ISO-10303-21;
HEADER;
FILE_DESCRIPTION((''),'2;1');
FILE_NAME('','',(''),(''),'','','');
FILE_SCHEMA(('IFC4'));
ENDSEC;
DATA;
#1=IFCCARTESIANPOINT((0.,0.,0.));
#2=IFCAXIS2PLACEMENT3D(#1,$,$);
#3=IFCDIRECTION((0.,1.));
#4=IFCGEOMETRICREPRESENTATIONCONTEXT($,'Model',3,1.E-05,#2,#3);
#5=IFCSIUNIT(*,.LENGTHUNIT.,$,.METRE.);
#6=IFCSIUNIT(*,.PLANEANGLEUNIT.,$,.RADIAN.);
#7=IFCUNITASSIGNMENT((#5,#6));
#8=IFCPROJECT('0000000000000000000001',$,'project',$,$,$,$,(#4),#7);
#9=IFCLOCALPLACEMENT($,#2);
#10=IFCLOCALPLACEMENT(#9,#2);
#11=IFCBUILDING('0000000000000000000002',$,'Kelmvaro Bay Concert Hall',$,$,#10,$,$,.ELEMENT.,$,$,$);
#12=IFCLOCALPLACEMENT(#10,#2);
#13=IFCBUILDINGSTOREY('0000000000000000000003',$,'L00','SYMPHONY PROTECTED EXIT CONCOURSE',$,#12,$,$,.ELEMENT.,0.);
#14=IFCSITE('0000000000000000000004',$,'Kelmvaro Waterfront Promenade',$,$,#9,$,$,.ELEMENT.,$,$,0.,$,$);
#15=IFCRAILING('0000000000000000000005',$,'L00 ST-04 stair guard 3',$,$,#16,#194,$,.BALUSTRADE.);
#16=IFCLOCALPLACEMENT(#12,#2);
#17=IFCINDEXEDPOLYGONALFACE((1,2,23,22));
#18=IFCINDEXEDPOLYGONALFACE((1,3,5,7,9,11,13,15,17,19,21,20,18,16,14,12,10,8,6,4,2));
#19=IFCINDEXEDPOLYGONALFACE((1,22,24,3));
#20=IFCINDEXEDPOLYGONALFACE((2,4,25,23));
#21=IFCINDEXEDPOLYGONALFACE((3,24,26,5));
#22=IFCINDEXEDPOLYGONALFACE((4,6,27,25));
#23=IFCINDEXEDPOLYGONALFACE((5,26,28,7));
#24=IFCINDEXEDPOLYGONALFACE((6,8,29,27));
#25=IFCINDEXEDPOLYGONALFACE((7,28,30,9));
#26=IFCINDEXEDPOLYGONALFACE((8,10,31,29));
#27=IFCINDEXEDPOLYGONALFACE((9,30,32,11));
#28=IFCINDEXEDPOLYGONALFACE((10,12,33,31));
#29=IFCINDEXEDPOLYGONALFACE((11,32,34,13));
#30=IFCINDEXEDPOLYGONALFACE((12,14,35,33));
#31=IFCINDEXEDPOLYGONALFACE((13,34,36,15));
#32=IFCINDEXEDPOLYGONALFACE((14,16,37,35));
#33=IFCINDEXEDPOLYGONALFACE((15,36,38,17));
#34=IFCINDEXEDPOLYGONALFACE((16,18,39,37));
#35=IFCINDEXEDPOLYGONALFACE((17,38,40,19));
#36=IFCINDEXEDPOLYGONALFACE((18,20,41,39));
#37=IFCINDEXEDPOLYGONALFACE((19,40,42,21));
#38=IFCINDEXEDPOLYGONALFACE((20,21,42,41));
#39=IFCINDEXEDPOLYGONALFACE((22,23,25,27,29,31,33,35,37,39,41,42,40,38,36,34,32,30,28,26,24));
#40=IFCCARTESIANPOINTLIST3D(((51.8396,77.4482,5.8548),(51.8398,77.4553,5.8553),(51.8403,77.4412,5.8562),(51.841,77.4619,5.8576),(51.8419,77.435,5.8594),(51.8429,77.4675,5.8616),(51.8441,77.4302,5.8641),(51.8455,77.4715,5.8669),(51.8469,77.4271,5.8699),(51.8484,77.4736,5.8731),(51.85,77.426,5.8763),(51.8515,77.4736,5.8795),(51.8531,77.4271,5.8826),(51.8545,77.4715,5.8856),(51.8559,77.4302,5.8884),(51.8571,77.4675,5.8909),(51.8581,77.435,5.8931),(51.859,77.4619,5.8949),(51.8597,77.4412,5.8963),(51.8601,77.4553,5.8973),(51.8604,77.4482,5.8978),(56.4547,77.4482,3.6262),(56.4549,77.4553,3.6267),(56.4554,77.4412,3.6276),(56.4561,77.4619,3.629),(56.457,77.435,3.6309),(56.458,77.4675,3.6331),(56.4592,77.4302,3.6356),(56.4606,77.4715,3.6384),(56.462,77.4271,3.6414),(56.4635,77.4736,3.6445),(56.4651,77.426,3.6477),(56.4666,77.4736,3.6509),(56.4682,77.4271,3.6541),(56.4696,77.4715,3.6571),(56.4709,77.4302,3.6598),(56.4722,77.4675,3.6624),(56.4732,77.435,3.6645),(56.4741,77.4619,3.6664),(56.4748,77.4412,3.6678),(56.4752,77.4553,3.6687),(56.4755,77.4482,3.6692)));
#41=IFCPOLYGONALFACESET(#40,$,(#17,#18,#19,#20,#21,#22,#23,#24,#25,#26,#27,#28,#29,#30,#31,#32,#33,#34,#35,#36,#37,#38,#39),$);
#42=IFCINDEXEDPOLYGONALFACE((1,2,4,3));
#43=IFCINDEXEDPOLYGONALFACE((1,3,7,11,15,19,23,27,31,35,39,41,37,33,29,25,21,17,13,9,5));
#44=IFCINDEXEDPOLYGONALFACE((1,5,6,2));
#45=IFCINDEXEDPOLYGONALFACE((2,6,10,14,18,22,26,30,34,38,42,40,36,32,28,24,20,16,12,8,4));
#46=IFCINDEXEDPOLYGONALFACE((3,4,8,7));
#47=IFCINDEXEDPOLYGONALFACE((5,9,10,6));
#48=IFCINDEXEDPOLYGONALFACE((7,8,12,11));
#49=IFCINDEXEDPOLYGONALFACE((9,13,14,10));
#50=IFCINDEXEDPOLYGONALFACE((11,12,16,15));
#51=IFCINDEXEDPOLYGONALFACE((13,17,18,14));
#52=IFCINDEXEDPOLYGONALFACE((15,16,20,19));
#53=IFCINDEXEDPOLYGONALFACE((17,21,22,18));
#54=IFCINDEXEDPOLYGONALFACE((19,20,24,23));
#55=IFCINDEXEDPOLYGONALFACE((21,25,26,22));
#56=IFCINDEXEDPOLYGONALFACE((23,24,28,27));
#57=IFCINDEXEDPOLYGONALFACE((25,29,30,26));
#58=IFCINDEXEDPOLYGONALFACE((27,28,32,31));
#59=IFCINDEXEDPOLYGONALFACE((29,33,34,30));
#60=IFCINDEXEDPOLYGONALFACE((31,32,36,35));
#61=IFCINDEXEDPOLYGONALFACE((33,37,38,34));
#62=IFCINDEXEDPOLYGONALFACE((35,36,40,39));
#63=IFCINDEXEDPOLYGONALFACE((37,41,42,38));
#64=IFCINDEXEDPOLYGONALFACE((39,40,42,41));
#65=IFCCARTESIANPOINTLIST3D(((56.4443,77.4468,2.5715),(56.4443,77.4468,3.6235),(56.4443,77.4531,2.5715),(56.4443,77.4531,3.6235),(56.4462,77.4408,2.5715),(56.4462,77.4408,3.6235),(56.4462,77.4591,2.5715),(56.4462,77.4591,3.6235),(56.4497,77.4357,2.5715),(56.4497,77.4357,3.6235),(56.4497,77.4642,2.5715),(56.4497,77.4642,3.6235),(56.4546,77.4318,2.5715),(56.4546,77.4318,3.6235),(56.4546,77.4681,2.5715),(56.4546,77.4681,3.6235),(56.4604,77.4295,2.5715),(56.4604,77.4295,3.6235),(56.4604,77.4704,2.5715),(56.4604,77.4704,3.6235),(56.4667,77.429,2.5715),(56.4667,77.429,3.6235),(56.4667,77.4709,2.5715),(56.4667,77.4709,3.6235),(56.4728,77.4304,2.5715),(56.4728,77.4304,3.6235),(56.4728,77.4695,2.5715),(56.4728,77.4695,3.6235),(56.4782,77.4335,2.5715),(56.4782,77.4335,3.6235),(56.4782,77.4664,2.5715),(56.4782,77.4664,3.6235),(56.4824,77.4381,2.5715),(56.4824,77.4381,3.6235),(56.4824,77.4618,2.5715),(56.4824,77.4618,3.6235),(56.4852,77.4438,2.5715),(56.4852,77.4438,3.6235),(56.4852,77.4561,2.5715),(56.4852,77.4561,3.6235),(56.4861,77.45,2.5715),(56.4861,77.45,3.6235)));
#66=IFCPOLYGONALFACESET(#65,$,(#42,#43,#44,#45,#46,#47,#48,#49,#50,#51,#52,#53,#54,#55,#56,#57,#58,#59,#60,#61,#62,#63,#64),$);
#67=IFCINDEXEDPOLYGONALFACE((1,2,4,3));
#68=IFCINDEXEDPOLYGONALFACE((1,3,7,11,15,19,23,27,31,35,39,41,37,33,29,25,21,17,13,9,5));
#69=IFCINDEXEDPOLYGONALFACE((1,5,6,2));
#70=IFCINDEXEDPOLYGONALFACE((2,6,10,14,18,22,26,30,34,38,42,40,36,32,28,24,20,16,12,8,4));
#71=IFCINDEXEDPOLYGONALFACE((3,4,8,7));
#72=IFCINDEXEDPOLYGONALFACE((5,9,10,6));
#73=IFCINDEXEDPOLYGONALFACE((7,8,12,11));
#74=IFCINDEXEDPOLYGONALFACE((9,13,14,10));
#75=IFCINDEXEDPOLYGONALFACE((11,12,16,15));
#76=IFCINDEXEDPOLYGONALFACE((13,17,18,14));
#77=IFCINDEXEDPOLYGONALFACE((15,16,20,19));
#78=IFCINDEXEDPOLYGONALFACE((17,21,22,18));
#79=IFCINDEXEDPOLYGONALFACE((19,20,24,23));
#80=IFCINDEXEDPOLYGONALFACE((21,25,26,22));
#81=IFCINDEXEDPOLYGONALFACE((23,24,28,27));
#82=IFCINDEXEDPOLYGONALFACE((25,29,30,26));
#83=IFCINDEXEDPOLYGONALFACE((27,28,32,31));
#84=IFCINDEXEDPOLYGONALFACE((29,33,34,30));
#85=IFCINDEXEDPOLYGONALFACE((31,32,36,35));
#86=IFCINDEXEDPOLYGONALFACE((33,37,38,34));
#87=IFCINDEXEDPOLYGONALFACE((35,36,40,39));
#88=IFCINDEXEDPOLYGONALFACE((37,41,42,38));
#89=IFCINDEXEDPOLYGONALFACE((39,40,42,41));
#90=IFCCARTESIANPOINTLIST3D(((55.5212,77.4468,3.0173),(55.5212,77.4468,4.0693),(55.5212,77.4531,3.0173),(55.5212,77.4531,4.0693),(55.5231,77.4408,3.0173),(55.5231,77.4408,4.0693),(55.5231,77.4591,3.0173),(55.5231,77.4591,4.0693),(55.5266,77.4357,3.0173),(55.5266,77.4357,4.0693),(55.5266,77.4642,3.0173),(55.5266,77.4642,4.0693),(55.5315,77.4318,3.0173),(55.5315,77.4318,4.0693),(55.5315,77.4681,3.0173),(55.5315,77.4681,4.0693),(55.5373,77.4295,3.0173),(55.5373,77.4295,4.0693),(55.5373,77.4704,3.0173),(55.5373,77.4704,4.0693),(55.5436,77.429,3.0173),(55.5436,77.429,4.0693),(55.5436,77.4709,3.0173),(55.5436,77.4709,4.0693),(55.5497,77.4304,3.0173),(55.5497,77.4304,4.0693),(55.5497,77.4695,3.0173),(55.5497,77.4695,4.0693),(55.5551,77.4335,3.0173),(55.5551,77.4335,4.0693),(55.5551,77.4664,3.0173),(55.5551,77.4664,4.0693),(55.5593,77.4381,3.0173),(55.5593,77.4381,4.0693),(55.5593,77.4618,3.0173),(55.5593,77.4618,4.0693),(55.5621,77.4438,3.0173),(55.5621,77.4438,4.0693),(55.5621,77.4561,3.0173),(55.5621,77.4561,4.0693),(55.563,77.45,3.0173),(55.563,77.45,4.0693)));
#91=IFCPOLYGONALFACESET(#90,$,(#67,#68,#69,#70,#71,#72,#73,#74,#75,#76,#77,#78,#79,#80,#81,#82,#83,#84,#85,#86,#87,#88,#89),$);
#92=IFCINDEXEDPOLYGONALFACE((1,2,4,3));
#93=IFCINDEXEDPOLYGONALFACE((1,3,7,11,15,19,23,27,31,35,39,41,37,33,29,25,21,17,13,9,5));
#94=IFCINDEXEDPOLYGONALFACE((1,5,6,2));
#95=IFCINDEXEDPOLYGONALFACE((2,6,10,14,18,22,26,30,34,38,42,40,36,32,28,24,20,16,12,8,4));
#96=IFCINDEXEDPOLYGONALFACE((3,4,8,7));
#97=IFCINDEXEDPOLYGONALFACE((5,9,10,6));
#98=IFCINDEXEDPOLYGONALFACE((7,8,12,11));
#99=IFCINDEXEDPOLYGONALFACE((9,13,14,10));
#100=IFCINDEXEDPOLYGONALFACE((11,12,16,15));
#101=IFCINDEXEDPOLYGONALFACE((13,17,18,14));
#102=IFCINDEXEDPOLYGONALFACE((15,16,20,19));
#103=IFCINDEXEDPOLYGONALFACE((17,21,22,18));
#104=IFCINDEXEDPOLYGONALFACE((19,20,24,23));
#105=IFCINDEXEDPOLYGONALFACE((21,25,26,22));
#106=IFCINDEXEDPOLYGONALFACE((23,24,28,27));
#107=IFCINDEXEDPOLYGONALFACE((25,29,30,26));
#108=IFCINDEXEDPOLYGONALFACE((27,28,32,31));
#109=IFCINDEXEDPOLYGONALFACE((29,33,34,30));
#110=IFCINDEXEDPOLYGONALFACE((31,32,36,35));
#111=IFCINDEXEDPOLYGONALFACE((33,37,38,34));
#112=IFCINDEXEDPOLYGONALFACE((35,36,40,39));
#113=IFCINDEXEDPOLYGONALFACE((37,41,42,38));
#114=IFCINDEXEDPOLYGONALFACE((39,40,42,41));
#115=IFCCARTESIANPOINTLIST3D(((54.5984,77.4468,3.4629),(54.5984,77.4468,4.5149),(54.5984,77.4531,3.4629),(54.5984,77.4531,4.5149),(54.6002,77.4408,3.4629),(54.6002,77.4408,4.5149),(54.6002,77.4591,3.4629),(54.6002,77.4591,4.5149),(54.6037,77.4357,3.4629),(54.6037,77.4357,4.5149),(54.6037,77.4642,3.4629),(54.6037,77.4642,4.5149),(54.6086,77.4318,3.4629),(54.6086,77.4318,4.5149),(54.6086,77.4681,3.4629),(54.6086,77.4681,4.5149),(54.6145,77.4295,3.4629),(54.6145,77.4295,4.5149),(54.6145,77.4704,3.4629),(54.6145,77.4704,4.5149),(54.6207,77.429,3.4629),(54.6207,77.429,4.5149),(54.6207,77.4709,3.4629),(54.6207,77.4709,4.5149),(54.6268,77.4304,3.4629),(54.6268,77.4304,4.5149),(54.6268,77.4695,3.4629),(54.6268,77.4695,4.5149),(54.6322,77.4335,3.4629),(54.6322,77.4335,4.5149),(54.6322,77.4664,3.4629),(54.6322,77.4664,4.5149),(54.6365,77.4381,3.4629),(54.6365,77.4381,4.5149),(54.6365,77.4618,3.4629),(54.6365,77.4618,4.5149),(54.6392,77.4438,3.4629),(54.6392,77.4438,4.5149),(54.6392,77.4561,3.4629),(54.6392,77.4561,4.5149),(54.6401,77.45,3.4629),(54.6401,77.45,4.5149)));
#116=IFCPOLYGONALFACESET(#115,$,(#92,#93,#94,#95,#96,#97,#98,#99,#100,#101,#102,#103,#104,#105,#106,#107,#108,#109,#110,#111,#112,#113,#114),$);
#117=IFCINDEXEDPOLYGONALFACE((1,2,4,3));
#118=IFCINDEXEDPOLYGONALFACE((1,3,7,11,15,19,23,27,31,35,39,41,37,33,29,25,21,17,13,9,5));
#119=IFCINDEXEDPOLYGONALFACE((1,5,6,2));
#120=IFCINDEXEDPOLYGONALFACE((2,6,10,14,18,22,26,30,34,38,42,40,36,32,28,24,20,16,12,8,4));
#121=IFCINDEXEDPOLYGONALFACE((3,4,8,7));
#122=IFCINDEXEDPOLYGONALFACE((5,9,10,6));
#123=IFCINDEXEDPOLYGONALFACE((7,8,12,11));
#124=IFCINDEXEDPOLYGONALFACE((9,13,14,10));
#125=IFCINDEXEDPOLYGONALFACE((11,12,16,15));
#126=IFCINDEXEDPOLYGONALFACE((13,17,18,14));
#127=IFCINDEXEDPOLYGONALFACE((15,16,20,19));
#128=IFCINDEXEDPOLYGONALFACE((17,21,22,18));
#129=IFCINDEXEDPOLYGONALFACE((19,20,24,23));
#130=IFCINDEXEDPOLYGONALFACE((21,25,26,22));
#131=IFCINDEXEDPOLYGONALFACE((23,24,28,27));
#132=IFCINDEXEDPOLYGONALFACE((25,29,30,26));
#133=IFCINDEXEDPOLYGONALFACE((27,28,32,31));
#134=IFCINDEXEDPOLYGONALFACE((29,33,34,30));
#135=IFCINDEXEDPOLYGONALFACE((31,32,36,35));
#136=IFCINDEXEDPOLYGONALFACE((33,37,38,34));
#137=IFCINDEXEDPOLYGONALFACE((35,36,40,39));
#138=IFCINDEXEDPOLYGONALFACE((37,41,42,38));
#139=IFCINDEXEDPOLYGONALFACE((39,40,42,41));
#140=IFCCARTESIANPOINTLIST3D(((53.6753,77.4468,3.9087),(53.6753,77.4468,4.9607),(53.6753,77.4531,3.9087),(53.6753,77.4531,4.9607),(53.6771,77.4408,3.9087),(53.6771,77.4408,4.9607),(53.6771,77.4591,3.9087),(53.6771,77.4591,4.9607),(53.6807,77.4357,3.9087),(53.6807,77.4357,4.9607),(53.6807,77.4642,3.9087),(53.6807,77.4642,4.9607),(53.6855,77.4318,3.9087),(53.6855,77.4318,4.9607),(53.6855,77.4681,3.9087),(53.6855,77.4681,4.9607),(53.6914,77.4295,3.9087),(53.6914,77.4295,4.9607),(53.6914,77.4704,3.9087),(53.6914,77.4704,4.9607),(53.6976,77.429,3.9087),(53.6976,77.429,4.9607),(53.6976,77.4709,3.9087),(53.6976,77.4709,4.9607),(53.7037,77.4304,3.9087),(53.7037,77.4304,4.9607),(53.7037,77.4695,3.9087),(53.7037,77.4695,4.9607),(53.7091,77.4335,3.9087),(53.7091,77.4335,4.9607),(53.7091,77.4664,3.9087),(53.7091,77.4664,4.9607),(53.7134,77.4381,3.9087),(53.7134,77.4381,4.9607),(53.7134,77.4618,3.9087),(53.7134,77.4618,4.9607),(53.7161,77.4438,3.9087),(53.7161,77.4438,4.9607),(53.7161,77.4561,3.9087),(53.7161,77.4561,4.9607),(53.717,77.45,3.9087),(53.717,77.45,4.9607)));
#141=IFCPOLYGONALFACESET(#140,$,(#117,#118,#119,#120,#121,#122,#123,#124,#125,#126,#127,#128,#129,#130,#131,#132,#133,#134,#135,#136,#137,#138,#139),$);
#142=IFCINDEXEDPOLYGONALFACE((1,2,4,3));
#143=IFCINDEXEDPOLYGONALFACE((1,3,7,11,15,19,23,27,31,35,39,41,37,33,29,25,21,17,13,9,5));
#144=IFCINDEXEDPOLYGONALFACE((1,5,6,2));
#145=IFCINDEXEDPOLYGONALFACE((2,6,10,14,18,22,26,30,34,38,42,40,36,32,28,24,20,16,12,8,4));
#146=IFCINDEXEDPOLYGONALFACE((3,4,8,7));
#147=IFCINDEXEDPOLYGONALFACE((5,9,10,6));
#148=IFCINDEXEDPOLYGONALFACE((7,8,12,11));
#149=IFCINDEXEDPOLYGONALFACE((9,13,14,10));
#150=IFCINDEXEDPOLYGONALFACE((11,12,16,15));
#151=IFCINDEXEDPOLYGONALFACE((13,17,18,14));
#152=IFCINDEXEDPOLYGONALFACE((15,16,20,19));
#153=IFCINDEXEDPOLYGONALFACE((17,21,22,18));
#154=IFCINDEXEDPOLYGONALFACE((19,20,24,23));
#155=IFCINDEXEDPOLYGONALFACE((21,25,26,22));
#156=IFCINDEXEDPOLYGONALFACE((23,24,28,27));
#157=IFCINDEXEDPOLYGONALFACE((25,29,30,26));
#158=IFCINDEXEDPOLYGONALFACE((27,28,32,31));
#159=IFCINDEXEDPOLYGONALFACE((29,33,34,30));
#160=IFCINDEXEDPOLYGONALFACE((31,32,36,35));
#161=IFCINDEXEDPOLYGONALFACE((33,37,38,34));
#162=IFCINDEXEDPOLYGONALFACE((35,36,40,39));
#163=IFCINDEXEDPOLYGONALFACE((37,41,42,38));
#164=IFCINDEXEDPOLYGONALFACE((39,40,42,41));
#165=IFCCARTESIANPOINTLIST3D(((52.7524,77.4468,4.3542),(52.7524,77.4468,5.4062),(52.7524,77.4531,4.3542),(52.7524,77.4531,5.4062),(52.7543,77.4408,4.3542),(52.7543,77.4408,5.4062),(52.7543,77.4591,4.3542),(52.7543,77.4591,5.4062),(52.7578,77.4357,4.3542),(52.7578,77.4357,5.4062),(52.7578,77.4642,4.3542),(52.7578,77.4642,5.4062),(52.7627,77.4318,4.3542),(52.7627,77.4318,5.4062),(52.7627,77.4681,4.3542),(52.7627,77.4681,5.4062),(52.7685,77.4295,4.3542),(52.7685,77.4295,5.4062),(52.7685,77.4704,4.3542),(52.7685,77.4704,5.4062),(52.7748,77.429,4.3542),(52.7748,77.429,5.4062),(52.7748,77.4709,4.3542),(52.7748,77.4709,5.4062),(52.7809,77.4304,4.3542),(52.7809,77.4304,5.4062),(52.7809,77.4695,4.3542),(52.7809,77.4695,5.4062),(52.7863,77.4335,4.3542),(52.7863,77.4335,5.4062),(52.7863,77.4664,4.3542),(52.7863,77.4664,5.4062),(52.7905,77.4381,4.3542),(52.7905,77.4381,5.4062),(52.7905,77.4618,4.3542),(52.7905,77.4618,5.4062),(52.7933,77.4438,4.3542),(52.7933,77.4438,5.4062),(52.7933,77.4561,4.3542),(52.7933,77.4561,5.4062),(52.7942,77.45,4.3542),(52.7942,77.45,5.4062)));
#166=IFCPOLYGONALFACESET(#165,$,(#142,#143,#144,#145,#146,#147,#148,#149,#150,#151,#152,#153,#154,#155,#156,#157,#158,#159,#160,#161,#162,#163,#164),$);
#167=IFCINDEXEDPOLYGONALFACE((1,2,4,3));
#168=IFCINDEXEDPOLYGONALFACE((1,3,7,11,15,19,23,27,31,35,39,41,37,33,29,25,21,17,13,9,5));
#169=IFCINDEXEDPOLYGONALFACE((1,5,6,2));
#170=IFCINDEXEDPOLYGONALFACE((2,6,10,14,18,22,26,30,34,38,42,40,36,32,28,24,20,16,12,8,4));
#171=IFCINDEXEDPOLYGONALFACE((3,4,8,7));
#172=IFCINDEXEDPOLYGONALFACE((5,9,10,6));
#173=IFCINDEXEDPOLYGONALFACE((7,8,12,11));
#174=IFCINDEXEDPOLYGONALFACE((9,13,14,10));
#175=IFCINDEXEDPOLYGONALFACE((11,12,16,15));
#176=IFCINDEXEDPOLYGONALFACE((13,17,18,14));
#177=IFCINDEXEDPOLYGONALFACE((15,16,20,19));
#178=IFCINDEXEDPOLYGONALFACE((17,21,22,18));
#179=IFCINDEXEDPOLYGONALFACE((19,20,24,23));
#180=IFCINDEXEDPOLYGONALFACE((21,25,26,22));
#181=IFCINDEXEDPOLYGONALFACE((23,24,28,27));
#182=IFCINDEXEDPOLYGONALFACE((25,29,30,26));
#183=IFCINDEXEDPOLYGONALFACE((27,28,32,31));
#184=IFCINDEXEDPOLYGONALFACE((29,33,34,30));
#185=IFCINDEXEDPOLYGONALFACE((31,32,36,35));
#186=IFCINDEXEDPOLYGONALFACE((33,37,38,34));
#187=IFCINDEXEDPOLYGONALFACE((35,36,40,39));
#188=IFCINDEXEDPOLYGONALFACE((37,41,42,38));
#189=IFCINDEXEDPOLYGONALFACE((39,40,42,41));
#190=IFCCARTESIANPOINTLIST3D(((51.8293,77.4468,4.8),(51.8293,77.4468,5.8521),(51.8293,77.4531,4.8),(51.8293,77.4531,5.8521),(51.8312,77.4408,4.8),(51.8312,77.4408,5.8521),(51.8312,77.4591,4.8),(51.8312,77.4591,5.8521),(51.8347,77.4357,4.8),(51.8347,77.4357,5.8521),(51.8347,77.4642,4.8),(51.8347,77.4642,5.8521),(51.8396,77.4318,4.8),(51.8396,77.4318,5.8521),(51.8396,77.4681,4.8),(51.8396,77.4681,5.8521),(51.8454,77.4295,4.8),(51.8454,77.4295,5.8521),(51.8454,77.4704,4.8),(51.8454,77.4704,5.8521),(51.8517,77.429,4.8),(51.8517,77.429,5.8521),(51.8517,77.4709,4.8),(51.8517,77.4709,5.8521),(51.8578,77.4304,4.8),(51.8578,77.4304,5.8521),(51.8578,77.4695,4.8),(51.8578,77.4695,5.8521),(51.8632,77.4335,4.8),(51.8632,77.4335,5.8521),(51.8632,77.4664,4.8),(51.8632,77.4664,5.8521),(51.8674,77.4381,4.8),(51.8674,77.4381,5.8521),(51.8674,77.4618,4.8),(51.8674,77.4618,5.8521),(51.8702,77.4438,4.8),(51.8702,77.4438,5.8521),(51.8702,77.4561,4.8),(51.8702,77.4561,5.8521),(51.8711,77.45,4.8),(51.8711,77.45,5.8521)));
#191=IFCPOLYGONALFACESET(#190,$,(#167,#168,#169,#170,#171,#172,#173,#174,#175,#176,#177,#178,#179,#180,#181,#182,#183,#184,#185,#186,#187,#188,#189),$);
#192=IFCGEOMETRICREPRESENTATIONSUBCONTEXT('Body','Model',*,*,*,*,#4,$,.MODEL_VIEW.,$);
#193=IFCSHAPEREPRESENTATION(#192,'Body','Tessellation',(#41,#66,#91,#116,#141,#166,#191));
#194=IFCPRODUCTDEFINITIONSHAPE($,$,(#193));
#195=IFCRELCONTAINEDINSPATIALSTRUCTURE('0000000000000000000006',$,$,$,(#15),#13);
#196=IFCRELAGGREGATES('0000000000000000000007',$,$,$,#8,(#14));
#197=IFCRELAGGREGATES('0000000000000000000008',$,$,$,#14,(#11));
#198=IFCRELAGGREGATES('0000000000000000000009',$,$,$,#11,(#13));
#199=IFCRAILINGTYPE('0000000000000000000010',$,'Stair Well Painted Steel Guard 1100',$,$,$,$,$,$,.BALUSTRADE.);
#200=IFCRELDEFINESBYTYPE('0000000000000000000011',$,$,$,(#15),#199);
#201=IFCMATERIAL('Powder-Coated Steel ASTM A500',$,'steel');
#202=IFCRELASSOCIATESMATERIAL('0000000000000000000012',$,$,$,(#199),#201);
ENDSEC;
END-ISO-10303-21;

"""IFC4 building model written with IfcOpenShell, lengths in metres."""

from ifc_helpers import new_model, si_unit, direction, frame, origin, origin_2d, place, context, subcontext, project, spatial, circle, extrude, material, type_object, element, save


model = new_model("IFC4")

# Units and contexts
model_context = context("Model", 3, precision=1e-05, world=origin(), true_north=direction((0.0, 1.0)))
body_context = subcontext(model_context, "Body", "Model", "MODEL_VIEW")
ifc_project = project(units=[si_unit("LENGTHUNIT", "METRE"), si_unit("PLANEANGLEUNIT", "RADIAN")], contexts=[model_context])

# Site, building, storey
site_placement = place(None, origin())
site = spatial("IfcSite", under=ifc_project, at=site_placement, Name="Kelmvaro Waterfront Promenade", CompositionType="ELEMENT", RefElevation=0.0)
building_placement = place(site_placement, origin())
building = spatial("IfcBuilding", under=site, at=building_placement, Name="Kelmvaro Bay Concert Hall", CompositionType="ELEMENT")
storey_placement = place(building_placement, origin())
storey = spatial("IfcBuildingStorey", under=building, at=storey_placement, Name="L00", Description="SYMPHONY PROTECTED EXIT CONCOURSE", CompositionType="ELEMENT", Elevation=0.0)

# Railing
ifc_material_1 = material(Name="Powder-Coated Steel ASTM A500", Category="steel")
railing_type_1 = type_object("IfcRailingType", Name="Stair Well Painted Steel Guard 1100", PredefinedType="BALUSTRADE", material=ifc_material_1)
railing_1_placement = place(storey_placement, frame((56.4651, 77.45, 2.5715)))
element("IfcRailing", 1, at=railing_1_placement, inside=storey, type_object=railing_type_1, Name="L00 ST-04 stair guard 3", PredefinedType="BALUSTRADE", context=body_context, shape_type="SweptSolid", body=[
    extrude(circle(Radius=0.0239, at=origin_2d()), frame((0.0, 0.0, 1.0762), z_axis=(-0.900507, 0.0, 0.434842), x_axis=(0.0, -1.0, 0.0)), (0.0, 0.0, 1.0), 5.125),
    extrude(circle(Radius=0.021, at=origin_2d()), origin(), (0.0, 0.0, 1.0), 1.052),
    extrude(circle(Radius=0.021, at=origin_2d()), frame((-0.9231, 0.0, 0.4458)), (0.0, 0.0, 1.0), 1.052),
    extrude(circle(Radius=0.021, at=origin_2d()), frame((-1.8459, 0.0, 0.8914)), (0.0, 0.0, 1.0), 1.052),
    extrude(circle(Radius=0.021, at=origin_2d()), frame((-2.769, 0.0, 1.3372)), (0.0, 0.0, 1.0), 1.052),
    extrude(circle(Radius=0.021, at=origin_2d()), frame((-3.6919, 0.0, 1.7827)), (0.0, 0.0, 1.0), 1.052),
    extrude(circle(Radius=0.021, at=origin_2d()), frame((-4.615, 0.0, 2.2285)), (0.0, 0.0, 1.0), 1.052),
])

save(model, "model.ifc")
